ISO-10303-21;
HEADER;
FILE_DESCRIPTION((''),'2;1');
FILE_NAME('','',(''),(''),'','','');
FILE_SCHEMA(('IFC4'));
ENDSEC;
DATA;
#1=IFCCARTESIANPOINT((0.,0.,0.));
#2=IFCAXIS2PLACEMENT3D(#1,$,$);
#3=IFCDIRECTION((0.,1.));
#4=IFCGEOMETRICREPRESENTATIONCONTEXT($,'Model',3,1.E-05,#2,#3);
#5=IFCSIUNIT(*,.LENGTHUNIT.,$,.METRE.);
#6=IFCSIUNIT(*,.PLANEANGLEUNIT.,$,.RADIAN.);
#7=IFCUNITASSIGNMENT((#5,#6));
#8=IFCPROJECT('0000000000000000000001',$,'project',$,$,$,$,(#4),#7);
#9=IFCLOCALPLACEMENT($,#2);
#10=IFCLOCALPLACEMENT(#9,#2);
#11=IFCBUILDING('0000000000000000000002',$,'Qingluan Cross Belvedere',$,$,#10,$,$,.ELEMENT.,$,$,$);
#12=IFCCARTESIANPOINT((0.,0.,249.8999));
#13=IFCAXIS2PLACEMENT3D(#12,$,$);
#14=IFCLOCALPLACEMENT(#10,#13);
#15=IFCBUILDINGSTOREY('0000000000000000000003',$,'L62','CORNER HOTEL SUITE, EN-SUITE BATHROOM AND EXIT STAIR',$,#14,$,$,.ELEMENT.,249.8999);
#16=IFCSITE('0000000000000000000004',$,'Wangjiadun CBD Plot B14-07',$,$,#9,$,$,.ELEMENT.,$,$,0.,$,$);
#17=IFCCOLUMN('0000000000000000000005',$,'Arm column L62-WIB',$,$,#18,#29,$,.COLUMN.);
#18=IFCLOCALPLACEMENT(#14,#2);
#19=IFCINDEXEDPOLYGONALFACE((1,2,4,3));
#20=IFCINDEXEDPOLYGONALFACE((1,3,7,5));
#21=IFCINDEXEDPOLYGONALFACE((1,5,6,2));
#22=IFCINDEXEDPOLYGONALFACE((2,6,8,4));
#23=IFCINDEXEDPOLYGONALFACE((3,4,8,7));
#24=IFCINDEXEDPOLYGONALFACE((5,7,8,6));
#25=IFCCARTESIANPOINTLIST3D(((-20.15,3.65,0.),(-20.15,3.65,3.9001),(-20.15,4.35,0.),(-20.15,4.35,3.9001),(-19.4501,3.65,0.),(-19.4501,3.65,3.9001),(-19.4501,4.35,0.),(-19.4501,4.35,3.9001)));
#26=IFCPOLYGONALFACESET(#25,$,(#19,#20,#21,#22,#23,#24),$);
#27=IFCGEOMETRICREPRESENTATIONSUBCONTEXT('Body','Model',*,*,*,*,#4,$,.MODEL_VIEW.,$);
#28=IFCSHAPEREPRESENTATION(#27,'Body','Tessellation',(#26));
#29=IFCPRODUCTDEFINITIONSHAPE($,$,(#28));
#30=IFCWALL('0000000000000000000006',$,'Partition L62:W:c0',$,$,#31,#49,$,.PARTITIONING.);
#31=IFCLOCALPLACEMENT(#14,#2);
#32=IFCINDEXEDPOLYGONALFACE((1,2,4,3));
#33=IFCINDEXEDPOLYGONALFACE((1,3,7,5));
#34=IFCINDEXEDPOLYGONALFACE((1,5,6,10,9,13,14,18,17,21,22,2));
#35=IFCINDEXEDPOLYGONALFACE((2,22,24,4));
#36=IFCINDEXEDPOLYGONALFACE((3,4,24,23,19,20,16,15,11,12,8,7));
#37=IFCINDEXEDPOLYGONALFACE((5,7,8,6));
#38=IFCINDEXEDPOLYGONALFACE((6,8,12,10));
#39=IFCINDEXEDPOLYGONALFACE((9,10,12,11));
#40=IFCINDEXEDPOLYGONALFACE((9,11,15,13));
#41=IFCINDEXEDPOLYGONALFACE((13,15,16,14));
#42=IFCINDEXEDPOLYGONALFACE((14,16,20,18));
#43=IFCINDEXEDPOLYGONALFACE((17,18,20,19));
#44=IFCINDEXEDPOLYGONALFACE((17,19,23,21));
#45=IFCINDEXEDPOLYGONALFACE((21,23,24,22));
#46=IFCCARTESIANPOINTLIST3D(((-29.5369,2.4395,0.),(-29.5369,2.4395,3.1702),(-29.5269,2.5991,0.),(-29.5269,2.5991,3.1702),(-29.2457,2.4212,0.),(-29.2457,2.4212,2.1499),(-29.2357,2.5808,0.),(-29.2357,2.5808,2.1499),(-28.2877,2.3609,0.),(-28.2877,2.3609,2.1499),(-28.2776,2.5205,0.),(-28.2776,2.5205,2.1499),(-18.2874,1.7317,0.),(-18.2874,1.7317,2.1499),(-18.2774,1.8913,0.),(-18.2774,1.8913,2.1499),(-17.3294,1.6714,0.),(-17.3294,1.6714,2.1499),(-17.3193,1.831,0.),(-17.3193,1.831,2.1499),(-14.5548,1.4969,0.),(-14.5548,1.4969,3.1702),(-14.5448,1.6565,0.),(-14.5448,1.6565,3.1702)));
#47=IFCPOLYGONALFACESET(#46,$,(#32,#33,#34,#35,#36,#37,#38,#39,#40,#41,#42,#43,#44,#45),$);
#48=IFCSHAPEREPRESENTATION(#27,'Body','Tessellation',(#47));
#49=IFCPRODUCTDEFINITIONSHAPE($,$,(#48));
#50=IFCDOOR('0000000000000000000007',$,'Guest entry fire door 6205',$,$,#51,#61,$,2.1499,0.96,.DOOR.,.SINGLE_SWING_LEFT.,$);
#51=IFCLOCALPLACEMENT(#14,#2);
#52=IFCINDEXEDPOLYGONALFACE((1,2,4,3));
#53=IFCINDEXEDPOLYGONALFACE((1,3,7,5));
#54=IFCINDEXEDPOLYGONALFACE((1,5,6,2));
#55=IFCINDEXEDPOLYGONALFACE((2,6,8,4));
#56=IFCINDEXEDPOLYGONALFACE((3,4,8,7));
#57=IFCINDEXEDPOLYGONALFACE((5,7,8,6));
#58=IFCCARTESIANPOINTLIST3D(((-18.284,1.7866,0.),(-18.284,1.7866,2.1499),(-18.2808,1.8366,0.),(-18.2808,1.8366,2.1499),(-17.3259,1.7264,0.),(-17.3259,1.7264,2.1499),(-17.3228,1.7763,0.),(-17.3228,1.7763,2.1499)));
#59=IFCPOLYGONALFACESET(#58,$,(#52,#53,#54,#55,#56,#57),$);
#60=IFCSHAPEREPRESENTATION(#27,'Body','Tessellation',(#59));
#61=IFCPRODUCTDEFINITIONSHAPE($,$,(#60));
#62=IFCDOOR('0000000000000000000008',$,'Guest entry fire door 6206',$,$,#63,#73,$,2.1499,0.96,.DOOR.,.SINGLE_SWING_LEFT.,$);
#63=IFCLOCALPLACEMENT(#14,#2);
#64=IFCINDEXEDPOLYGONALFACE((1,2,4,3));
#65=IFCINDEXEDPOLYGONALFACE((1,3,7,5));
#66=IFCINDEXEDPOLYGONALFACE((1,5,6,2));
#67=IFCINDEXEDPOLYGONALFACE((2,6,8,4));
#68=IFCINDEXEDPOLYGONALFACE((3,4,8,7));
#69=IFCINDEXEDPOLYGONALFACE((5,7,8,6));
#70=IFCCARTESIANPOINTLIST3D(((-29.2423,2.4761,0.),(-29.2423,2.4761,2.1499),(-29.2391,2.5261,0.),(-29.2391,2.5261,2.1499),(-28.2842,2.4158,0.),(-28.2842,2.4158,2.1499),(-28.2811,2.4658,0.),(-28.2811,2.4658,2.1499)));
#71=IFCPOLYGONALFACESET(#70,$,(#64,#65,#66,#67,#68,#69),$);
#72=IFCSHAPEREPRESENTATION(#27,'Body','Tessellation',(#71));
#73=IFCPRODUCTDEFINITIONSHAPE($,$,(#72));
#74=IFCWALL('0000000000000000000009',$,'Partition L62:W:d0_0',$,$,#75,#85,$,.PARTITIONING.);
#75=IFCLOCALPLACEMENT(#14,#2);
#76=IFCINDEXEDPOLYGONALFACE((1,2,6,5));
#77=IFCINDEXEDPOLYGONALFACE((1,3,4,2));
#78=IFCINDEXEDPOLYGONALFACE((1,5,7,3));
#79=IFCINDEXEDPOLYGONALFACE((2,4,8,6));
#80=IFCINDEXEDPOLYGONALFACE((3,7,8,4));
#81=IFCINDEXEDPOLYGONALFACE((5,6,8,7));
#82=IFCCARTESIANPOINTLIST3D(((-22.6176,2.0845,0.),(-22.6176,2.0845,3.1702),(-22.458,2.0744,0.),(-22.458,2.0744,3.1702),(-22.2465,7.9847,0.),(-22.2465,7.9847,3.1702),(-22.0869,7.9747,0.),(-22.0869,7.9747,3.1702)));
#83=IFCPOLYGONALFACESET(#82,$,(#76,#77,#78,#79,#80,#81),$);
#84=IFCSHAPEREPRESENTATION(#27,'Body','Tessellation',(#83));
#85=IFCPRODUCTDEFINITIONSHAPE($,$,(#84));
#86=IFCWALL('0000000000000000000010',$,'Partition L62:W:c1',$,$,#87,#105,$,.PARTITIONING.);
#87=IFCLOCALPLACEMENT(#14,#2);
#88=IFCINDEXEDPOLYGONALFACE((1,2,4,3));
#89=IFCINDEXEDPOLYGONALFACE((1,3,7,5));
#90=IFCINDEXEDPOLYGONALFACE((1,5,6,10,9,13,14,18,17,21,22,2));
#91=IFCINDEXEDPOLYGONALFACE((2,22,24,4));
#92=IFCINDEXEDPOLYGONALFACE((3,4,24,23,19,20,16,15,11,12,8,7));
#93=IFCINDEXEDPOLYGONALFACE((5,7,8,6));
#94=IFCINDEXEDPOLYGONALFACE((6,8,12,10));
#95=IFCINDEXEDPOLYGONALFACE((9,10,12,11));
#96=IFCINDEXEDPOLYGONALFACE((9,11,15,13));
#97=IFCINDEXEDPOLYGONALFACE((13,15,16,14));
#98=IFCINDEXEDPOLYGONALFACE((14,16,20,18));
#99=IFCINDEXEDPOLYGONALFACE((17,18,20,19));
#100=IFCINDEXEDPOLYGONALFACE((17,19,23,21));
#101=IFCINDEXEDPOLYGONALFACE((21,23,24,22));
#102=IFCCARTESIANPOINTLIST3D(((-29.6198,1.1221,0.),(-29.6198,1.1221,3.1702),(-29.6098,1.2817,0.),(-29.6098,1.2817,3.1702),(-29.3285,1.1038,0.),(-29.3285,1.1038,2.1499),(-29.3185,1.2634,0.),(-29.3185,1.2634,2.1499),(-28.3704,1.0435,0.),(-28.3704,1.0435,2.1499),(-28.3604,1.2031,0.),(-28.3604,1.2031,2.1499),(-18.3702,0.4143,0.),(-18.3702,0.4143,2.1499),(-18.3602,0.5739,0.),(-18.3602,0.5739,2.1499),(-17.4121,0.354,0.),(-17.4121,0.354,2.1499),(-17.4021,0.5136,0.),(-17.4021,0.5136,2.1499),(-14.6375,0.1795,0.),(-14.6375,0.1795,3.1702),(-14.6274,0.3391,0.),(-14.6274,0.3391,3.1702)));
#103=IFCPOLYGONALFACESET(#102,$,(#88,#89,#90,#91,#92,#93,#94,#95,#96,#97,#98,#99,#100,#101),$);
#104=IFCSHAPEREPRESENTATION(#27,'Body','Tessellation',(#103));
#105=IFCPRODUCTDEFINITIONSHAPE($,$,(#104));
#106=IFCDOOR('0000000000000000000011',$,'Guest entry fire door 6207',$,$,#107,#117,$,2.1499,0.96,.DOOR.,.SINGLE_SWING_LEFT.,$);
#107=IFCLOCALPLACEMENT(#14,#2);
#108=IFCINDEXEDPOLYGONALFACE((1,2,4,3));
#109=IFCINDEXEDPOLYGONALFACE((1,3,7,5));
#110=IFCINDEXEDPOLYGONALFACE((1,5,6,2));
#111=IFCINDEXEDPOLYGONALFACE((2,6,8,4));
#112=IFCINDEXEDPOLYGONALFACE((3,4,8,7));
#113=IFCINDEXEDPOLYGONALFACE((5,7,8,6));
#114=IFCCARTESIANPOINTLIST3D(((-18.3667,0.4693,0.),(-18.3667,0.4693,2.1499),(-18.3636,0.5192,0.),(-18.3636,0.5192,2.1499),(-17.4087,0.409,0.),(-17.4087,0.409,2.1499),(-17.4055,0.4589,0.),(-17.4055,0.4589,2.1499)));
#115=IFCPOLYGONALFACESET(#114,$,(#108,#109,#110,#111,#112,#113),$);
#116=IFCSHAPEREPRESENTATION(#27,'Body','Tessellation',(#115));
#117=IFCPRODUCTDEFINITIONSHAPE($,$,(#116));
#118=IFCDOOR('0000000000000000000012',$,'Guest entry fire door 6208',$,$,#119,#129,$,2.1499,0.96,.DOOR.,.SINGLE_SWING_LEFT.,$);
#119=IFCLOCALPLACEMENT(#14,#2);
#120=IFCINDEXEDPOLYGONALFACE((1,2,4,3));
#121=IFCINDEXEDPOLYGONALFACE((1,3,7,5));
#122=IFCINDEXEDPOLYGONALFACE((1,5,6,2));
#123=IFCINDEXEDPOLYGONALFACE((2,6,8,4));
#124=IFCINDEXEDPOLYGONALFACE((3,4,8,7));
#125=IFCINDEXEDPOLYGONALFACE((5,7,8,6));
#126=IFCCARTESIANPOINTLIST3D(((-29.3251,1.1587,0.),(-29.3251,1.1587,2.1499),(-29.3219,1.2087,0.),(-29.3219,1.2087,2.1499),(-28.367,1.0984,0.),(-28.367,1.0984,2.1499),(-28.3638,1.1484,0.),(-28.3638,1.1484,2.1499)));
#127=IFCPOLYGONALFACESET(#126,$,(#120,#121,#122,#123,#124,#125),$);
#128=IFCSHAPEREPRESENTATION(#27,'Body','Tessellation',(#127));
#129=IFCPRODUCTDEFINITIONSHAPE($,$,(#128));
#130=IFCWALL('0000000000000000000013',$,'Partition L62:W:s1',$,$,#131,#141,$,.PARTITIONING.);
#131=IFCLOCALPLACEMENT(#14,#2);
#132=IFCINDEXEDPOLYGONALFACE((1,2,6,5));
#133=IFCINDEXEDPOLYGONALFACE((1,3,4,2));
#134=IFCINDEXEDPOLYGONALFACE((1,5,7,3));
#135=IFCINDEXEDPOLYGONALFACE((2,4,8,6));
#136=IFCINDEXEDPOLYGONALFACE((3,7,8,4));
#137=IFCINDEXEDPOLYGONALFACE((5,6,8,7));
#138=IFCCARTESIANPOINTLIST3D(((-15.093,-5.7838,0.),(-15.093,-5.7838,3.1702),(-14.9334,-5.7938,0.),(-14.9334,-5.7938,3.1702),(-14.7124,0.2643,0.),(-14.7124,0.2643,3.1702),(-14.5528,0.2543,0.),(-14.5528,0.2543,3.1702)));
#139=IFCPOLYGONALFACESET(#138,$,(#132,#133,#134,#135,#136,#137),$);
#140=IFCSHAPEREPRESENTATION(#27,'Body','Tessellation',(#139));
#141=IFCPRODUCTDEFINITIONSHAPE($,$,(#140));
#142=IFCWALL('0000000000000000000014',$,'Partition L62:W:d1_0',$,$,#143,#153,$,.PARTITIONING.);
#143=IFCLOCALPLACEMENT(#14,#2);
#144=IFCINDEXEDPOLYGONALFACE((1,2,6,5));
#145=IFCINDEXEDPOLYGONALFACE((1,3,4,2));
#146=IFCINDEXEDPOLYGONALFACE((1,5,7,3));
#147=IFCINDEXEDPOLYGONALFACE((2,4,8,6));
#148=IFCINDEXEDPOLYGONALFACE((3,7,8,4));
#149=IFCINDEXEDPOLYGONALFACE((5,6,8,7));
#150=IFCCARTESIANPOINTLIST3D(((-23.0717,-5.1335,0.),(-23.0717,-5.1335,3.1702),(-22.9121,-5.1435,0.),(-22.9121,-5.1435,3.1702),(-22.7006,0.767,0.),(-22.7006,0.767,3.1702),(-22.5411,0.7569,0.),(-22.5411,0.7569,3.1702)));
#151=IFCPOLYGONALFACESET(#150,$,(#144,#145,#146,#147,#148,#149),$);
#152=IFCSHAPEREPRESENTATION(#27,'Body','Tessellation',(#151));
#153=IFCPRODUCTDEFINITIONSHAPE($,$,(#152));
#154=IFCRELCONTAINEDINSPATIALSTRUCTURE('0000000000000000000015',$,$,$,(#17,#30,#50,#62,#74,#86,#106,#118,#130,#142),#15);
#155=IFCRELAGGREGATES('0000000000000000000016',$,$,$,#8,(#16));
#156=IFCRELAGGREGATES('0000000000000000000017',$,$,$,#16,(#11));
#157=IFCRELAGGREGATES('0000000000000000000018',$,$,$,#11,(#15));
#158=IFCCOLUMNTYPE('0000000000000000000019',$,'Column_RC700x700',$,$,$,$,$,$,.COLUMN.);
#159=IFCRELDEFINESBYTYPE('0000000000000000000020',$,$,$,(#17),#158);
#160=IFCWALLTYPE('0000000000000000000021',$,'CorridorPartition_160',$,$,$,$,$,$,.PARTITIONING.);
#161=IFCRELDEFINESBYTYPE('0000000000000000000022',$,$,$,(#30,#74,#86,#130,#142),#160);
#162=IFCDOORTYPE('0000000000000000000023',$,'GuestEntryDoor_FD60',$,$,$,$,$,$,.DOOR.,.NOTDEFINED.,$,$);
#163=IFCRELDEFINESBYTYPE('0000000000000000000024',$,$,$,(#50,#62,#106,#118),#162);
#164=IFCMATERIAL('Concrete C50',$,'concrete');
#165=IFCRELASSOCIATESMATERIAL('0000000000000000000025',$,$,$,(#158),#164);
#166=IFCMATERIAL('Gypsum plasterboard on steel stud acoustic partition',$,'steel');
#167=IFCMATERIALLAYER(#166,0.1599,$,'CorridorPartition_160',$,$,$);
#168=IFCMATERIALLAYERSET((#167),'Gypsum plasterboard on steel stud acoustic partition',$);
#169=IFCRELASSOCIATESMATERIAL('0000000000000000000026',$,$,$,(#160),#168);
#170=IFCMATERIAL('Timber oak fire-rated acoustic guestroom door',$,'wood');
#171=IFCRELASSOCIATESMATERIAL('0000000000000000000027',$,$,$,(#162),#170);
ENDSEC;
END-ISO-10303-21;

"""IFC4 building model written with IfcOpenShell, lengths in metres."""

from ifc_helpers import new_model, si_unit, direction, frame, frame_2d, origin, origin_2d, place, context, subcontext, project, spatial, rectangle, extrude, material, layer, layer_set, material_profile, profile_set, type_object, element, fill, save


model = new_model("IFC4")

# Units and contexts
model_context = context("Model", 3, precision=1e-05, world=origin(), true_north=direction((0.0, 1.0)))
body_context = subcontext(model_context, "Body", "Model", "MODEL_VIEW")
ifc_project = project(units=[si_unit("LENGTHUNIT", "METRE"), si_unit("PLANEANGLEUNIT", "RADIAN")], contexts=[model_context])

# Site, building, storey
site_placement = place(None, origin())
site = spatial("IfcSite", under=ifc_project, at=site_placement, Name="Wangjiadun CBD Plot B14-07", CompositionType="ELEMENT", RefElevation=0.0)
building_placement = place(site_placement, origin())
building = spatial("IfcBuilding", under=site, at=building_placement, Name="Qingluan Cross Belvedere", CompositionType="ELEMENT")
storey_placement = place(building_placement, frame((0.0, 0.0, 249.8999)))
storey = spatial("IfcBuildingStorey", under=building, at=storey_placement, Name="L62", Description="CORNER HOTEL SUITE, EN-SUITE BATHROOM AND EXIT STAIR", CompositionType="ELEMENT", Elevation=249.8999)

# Column
ifc_material_1 = material(Name="Concrete C50", Category="concrete")
ifc_material_profile = material_profile(ifc_material_1, rectangle(XDim=0.7, YDim=0.7, at=origin_2d()), Name="RC700x700")
ifc_profile_set = profile_set([ifc_material_profile], Name="Concrete C50")
column_type = type_object("IfcColumnType", Name="Column_RC700x700", PredefinedType="COLUMN", material=ifc_profile_set)
column_placement = place(storey_placement, frame((-19.8, 4.0, 0.0), z_axis=(0.0, 0.0, 1.0), x_axis=(1.0, 0.0, 0.0)))
element("IfcColumn", 1, at=column_placement, inside=storey, type_object=column_type, Name="Arm column L62-WIB", PredefinedType="COLUMN", context=body_context, shape_type="SweptSolid", body=[
    extrude(rectangle(XDim=0.7, YDim=0.7, at=origin_2d()), origin(), (0.0, 0.0, 1.0), 3.9001),
])

# Wall, openings, doors
ifc_material_2 = material(Name="Gypsum plasterboard on steel stud acoustic partition", Category="steel")
ifc_layer_1 = layer(ifc_material_2, 0.1599, Name="CorridorPartition_160")
ifc_layer_set_1 = layer_set([ifc_layer_1], Name="Gypsum plasterboard on steel stud acoustic partition")
wall_type_1 = type_object("IfcWallType", Name="CorridorPartition_160", PredefinedType="PARTITIONING", material=ifc_layer_set_1)
wall_1_placement = place(storey_placement, frame((-14.5498, 1.5767, 0.0), z_axis=(0.0, 0.0, 1.0), x_axis=(-0.998027, 0.062792, 0.0)))
wall_1 = element("IfcWall", 2, at=wall_1_placement, inside=storey, type_object=wall_type_1, Name="Partition L62:W:c0", PredefinedType="PARTITIONING", context=body_context, shape_type="SweptSolid", body=[
    extrude(rectangle(XDim=15.0117, YDim=0.1599, at=frame_2d((7.5059, 0.0))), origin(), (0.0, 0.0, 1.0), 3.1702),
])
opening_1_placement = place(wall_1_placement, frame((2.78, 0.0, 0.0)))
opening_1 = element("IfcOpeningElement", 3, at=opening_1_placement, cuts=wall_1, PredefinedType="OPENING", context=body_context, shape_type="SweptSolid", body=[
    extrude(rectangle(XDim=0.96, YDim=2.1499, at=frame_2d((0.48, 1.075))), frame((0.0, 0.0898, 0.0), z_axis=(0.0, -1.0, 0.0), x_axis=(1.0, 0.0, 0.0)), (0.0, 0.0, 1.0), 0.1799),
])
opening_2_placement = place(wall_1_placement, frame((13.76, 0.0, 0.0)))
opening_2 = element("IfcOpeningElement", 4, at=opening_2_placement, cuts=wall_1, PredefinedType="OPENING", context=body_context, shape_type="SweptSolid", body=[
    extrude(rectangle(XDim=0.96, YDim=2.1499, at=frame_2d((0.48, 1.075))), frame((0.0, 0.0898, 0.0), z_axis=(0.0, -1.0, 0.0), x_axis=(1.0, 0.0, 0.0)), (0.0, 0.0, 1.0), 0.1799),
])
ifc_material_3 = material(Name="Timber oak fire-rated acoustic guestroom door", Category="wood")
door_type_1 = type_object("IfcDoorType", Name="GuestEntryDoor_FD60", OperationType="NOTDEFINED", PredefinedType="DOOR", material=ifc_material_3)
door_1_placement = place(opening_1_placement, origin())
door_1 = element("IfcDoor", 5, at=door_1_placement, inside=storey, type_object=door_type_1, Name="Guest entry fire door 6205", OperationType="SINGLE_SWING_LEFT", OverallHeight=2.1499, OverallWidth=0.96, PredefinedType="DOOR", context=body_context, shape_type="SweptSolid", body=[
    extrude(rectangle(XDim=0.96, YDim=2.1499, at=frame_2d((0.48, 1.075))), frame((0.0, 0.0249, 0.0), z_axis=(0.0, -1.0, 0.0), x_axis=(1.0, 0.0, 0.0)), (0.0, 0.0, 1.0), 0.05),
])
fill(opening_1, door_1)
door_2_placement = place(opening_2_placement, origin())
door_2 = element("IfcDoor", 6, at=door_2_placement, inside=storey, type_object=door_type_1, Name="Guest entry fire door 6206", OperationType="SINGLE_SWING_LEFT", OverallHeight=2.1499, OverallWidth=0.96, PredefinedType="DOOR", context=body_context, shape_type="SweptSolid", body=[
    extrude(rectangle(XDim=0.96, YDim=2.1499, at=frame_2d((0.48, 1.075))), frame((0.0, 0.0249, 0.0), z_axis=(0.0, -1.0, 0.0), x_axis=(1.0, 0.0, 0.0)), (0.0, 0.0, 1.0), 0.05),
])
fill(opening_2, door_2)

# Wall
wall_2_placement = place(storey_placement, frame((-22.5378, 2.0793, 0.0), z_axis=(0.0, 0.0, 1.0), x_axis=(0.062772, 0.998028, 0.0)))
element("IfcWall", 7, at=wall_2_placement, inside=storey, type_object=wall_type_1, Name="Partition L62:W:d0_0", PredefinedType="PARTITIONING", context=body_context, shape_type="SweptSolid", body=[
    extrude(rectangle(XDim=5.9119, YDim=0.1599, at=frame_2d((2.9561, 0.0))), origin(), (0.0, 0.0, 1.0), 3.1702),
])

# Wall, openings, doors
wall_3_placement = place(storey_placement, frame((-14.6326, 0.2593, 0.0), z_axis=(0.0, 0.0, 1.0), x_axis=(-0.998027, 0.062791, 0.0)))
wall_3 = element("IfcWall", 8, at=wall_3_placement, inside=storey, type_object=wall_type_1, Name="Partition L62:W:c1", PredefinedType="PARTITIONING", context=body_context, shape_type="SweptSolid", body=[
    extrude(rectangle(XDim=15.012, YDim=0.1599, at=frame_2d((7.5059, 0.0))), origin(), (0.0, 0.0, 1.0), 3.1702),
])
opening_3_placement = place(wall_3_placement, frame((2.78, 0.0, 0.0)))
opening_3 = element("IfcOpeningElement", 9, at=opening_3_placement, cuts=wall_3, PredefinedType="OPENING", context=body_context, shape_type="SweptSolid", body=[
    extrude(rectangle(XDim=0.96, YDim=2.1499, at=frame_2d((0.48, 1.075))), frame((0.0, 0.0898, 0.0), z_axis=(0.0, -1.0, 0.0), x_axis=(1.0, 0.0, 0.0)), (0.0, 0.0, 1.0), 0.1799),
])
opening_4_placement = place(wall_3_placement, frame((13.76, 0.0, 0.0)))
opening_4 = element("IfcOpeningElement", 10, at=opening_4_placement, cuts=wall_3, PredefinedType="OPENING", context=body_context, shape_type="SweptSolid", body=[
    extrude(rectangle(XDim=0.96, YDim=2.1499, at=frame_2d((0.48, 1.075))), frame((0.0, 0.0898, 0.0), z_axis=(0.0, -1.0, 0.0), x_axis=(1.0, 0.0, 0.0)), (0.0, 0.0, 1.0), 0.1799),
])
door_3_placement = place(opening_3_placement, origin())
door_3 = element("IfcDoor", 11, at=door_3_placement, inside=storey, type_object=door_type_1, Name="Guest entry fire door 6207", OperationType="SINGLE_SWING_LEFT", OverallHeight=2.1499, OverallWidth=0.96, PredefinedType="DOOR", context=body_context, shape_type="SweptSolid", body=[
    extrude(rectangle(XDim=0.96, YDim=2.1499, at=frame_2d((0.48, 1.075))), frame((0.0, 0.0249, 0.0), z_axis=(0.0, -1.0, 0.0), x_axis=(1.0, 0.0, 0.0)), (0.0, 0.0, 1.0), 0.05),
])
fill(opening_3, door_3)
door_4_placement = place(opening_4_placement, origin())
door_4 = element("IfcDoor", 12, at=door_4_placement, inside=storey, type_object=door_type_1, Name="Guest entry fire door 6208", OperationType="SINGLE_SWING_LEFT", OverallHeight=2.1499, OverallWidth=0.96, PredefinedType="DOOR", context=body_context, shape_type="SweptSolid", body=[
    extrude(rectangle(XDim=0.96, YDim=2.1499, at=frame_2d((0.48, 1.075))), frame((0.0, 0.0249, 0.0), z_axis=(0.0, -1.0, 0.0), x_axis=(1.0, 0.0, 0.0)), (0.0, 0.0, 1.0), 0.05),
])
fill(opening_4, door_4)

# Walls
wall_4_placement = place(storey_placement, frame((-14.6326, 0.2593, 0.0), z_axis=(0.0, 0.0, 1.0), x_axis=(-0.062807, -0.998026, 0.0)))
element("IfcWall", 13, at=wall_4_placement, inside=storey, type_object=wall_type_1, Name="Partition L62:W:s1", PredefinedType="PARTITIONING", context=body_context, shape_type="SweptSolid", body=[
    extrude(rectangle(XDim=6.0601, YDim=0.1599, at=frame_2d((3.03, 0.0))), origin(), (0.0, 0.0, 1.0), 3.1702),
])
wall_5_placement = place(storey_placement, frame((-22.6208, 0.762, 0.0), z_axis=(0.0, 0.0, 1.0), x_axis=(-0.062769, -0.998028, 0.0)))
element("IfcWall", 14, at=wall_5_placement, inside=storey, type_object=wall_type_1, Name="Partition L62:W:d1_0", PredefinedType="PARTITIONING", context=body_context, shape_type="SweptSolid", body=[
    extrude(rectangle(XDim=5.9121, YDim=0.1599, at=frame_2d((2.9561, 0.0))), origin(), (0.0, 0.0, 1.0), 3.1702),
])

save(model, "model.ifc")
